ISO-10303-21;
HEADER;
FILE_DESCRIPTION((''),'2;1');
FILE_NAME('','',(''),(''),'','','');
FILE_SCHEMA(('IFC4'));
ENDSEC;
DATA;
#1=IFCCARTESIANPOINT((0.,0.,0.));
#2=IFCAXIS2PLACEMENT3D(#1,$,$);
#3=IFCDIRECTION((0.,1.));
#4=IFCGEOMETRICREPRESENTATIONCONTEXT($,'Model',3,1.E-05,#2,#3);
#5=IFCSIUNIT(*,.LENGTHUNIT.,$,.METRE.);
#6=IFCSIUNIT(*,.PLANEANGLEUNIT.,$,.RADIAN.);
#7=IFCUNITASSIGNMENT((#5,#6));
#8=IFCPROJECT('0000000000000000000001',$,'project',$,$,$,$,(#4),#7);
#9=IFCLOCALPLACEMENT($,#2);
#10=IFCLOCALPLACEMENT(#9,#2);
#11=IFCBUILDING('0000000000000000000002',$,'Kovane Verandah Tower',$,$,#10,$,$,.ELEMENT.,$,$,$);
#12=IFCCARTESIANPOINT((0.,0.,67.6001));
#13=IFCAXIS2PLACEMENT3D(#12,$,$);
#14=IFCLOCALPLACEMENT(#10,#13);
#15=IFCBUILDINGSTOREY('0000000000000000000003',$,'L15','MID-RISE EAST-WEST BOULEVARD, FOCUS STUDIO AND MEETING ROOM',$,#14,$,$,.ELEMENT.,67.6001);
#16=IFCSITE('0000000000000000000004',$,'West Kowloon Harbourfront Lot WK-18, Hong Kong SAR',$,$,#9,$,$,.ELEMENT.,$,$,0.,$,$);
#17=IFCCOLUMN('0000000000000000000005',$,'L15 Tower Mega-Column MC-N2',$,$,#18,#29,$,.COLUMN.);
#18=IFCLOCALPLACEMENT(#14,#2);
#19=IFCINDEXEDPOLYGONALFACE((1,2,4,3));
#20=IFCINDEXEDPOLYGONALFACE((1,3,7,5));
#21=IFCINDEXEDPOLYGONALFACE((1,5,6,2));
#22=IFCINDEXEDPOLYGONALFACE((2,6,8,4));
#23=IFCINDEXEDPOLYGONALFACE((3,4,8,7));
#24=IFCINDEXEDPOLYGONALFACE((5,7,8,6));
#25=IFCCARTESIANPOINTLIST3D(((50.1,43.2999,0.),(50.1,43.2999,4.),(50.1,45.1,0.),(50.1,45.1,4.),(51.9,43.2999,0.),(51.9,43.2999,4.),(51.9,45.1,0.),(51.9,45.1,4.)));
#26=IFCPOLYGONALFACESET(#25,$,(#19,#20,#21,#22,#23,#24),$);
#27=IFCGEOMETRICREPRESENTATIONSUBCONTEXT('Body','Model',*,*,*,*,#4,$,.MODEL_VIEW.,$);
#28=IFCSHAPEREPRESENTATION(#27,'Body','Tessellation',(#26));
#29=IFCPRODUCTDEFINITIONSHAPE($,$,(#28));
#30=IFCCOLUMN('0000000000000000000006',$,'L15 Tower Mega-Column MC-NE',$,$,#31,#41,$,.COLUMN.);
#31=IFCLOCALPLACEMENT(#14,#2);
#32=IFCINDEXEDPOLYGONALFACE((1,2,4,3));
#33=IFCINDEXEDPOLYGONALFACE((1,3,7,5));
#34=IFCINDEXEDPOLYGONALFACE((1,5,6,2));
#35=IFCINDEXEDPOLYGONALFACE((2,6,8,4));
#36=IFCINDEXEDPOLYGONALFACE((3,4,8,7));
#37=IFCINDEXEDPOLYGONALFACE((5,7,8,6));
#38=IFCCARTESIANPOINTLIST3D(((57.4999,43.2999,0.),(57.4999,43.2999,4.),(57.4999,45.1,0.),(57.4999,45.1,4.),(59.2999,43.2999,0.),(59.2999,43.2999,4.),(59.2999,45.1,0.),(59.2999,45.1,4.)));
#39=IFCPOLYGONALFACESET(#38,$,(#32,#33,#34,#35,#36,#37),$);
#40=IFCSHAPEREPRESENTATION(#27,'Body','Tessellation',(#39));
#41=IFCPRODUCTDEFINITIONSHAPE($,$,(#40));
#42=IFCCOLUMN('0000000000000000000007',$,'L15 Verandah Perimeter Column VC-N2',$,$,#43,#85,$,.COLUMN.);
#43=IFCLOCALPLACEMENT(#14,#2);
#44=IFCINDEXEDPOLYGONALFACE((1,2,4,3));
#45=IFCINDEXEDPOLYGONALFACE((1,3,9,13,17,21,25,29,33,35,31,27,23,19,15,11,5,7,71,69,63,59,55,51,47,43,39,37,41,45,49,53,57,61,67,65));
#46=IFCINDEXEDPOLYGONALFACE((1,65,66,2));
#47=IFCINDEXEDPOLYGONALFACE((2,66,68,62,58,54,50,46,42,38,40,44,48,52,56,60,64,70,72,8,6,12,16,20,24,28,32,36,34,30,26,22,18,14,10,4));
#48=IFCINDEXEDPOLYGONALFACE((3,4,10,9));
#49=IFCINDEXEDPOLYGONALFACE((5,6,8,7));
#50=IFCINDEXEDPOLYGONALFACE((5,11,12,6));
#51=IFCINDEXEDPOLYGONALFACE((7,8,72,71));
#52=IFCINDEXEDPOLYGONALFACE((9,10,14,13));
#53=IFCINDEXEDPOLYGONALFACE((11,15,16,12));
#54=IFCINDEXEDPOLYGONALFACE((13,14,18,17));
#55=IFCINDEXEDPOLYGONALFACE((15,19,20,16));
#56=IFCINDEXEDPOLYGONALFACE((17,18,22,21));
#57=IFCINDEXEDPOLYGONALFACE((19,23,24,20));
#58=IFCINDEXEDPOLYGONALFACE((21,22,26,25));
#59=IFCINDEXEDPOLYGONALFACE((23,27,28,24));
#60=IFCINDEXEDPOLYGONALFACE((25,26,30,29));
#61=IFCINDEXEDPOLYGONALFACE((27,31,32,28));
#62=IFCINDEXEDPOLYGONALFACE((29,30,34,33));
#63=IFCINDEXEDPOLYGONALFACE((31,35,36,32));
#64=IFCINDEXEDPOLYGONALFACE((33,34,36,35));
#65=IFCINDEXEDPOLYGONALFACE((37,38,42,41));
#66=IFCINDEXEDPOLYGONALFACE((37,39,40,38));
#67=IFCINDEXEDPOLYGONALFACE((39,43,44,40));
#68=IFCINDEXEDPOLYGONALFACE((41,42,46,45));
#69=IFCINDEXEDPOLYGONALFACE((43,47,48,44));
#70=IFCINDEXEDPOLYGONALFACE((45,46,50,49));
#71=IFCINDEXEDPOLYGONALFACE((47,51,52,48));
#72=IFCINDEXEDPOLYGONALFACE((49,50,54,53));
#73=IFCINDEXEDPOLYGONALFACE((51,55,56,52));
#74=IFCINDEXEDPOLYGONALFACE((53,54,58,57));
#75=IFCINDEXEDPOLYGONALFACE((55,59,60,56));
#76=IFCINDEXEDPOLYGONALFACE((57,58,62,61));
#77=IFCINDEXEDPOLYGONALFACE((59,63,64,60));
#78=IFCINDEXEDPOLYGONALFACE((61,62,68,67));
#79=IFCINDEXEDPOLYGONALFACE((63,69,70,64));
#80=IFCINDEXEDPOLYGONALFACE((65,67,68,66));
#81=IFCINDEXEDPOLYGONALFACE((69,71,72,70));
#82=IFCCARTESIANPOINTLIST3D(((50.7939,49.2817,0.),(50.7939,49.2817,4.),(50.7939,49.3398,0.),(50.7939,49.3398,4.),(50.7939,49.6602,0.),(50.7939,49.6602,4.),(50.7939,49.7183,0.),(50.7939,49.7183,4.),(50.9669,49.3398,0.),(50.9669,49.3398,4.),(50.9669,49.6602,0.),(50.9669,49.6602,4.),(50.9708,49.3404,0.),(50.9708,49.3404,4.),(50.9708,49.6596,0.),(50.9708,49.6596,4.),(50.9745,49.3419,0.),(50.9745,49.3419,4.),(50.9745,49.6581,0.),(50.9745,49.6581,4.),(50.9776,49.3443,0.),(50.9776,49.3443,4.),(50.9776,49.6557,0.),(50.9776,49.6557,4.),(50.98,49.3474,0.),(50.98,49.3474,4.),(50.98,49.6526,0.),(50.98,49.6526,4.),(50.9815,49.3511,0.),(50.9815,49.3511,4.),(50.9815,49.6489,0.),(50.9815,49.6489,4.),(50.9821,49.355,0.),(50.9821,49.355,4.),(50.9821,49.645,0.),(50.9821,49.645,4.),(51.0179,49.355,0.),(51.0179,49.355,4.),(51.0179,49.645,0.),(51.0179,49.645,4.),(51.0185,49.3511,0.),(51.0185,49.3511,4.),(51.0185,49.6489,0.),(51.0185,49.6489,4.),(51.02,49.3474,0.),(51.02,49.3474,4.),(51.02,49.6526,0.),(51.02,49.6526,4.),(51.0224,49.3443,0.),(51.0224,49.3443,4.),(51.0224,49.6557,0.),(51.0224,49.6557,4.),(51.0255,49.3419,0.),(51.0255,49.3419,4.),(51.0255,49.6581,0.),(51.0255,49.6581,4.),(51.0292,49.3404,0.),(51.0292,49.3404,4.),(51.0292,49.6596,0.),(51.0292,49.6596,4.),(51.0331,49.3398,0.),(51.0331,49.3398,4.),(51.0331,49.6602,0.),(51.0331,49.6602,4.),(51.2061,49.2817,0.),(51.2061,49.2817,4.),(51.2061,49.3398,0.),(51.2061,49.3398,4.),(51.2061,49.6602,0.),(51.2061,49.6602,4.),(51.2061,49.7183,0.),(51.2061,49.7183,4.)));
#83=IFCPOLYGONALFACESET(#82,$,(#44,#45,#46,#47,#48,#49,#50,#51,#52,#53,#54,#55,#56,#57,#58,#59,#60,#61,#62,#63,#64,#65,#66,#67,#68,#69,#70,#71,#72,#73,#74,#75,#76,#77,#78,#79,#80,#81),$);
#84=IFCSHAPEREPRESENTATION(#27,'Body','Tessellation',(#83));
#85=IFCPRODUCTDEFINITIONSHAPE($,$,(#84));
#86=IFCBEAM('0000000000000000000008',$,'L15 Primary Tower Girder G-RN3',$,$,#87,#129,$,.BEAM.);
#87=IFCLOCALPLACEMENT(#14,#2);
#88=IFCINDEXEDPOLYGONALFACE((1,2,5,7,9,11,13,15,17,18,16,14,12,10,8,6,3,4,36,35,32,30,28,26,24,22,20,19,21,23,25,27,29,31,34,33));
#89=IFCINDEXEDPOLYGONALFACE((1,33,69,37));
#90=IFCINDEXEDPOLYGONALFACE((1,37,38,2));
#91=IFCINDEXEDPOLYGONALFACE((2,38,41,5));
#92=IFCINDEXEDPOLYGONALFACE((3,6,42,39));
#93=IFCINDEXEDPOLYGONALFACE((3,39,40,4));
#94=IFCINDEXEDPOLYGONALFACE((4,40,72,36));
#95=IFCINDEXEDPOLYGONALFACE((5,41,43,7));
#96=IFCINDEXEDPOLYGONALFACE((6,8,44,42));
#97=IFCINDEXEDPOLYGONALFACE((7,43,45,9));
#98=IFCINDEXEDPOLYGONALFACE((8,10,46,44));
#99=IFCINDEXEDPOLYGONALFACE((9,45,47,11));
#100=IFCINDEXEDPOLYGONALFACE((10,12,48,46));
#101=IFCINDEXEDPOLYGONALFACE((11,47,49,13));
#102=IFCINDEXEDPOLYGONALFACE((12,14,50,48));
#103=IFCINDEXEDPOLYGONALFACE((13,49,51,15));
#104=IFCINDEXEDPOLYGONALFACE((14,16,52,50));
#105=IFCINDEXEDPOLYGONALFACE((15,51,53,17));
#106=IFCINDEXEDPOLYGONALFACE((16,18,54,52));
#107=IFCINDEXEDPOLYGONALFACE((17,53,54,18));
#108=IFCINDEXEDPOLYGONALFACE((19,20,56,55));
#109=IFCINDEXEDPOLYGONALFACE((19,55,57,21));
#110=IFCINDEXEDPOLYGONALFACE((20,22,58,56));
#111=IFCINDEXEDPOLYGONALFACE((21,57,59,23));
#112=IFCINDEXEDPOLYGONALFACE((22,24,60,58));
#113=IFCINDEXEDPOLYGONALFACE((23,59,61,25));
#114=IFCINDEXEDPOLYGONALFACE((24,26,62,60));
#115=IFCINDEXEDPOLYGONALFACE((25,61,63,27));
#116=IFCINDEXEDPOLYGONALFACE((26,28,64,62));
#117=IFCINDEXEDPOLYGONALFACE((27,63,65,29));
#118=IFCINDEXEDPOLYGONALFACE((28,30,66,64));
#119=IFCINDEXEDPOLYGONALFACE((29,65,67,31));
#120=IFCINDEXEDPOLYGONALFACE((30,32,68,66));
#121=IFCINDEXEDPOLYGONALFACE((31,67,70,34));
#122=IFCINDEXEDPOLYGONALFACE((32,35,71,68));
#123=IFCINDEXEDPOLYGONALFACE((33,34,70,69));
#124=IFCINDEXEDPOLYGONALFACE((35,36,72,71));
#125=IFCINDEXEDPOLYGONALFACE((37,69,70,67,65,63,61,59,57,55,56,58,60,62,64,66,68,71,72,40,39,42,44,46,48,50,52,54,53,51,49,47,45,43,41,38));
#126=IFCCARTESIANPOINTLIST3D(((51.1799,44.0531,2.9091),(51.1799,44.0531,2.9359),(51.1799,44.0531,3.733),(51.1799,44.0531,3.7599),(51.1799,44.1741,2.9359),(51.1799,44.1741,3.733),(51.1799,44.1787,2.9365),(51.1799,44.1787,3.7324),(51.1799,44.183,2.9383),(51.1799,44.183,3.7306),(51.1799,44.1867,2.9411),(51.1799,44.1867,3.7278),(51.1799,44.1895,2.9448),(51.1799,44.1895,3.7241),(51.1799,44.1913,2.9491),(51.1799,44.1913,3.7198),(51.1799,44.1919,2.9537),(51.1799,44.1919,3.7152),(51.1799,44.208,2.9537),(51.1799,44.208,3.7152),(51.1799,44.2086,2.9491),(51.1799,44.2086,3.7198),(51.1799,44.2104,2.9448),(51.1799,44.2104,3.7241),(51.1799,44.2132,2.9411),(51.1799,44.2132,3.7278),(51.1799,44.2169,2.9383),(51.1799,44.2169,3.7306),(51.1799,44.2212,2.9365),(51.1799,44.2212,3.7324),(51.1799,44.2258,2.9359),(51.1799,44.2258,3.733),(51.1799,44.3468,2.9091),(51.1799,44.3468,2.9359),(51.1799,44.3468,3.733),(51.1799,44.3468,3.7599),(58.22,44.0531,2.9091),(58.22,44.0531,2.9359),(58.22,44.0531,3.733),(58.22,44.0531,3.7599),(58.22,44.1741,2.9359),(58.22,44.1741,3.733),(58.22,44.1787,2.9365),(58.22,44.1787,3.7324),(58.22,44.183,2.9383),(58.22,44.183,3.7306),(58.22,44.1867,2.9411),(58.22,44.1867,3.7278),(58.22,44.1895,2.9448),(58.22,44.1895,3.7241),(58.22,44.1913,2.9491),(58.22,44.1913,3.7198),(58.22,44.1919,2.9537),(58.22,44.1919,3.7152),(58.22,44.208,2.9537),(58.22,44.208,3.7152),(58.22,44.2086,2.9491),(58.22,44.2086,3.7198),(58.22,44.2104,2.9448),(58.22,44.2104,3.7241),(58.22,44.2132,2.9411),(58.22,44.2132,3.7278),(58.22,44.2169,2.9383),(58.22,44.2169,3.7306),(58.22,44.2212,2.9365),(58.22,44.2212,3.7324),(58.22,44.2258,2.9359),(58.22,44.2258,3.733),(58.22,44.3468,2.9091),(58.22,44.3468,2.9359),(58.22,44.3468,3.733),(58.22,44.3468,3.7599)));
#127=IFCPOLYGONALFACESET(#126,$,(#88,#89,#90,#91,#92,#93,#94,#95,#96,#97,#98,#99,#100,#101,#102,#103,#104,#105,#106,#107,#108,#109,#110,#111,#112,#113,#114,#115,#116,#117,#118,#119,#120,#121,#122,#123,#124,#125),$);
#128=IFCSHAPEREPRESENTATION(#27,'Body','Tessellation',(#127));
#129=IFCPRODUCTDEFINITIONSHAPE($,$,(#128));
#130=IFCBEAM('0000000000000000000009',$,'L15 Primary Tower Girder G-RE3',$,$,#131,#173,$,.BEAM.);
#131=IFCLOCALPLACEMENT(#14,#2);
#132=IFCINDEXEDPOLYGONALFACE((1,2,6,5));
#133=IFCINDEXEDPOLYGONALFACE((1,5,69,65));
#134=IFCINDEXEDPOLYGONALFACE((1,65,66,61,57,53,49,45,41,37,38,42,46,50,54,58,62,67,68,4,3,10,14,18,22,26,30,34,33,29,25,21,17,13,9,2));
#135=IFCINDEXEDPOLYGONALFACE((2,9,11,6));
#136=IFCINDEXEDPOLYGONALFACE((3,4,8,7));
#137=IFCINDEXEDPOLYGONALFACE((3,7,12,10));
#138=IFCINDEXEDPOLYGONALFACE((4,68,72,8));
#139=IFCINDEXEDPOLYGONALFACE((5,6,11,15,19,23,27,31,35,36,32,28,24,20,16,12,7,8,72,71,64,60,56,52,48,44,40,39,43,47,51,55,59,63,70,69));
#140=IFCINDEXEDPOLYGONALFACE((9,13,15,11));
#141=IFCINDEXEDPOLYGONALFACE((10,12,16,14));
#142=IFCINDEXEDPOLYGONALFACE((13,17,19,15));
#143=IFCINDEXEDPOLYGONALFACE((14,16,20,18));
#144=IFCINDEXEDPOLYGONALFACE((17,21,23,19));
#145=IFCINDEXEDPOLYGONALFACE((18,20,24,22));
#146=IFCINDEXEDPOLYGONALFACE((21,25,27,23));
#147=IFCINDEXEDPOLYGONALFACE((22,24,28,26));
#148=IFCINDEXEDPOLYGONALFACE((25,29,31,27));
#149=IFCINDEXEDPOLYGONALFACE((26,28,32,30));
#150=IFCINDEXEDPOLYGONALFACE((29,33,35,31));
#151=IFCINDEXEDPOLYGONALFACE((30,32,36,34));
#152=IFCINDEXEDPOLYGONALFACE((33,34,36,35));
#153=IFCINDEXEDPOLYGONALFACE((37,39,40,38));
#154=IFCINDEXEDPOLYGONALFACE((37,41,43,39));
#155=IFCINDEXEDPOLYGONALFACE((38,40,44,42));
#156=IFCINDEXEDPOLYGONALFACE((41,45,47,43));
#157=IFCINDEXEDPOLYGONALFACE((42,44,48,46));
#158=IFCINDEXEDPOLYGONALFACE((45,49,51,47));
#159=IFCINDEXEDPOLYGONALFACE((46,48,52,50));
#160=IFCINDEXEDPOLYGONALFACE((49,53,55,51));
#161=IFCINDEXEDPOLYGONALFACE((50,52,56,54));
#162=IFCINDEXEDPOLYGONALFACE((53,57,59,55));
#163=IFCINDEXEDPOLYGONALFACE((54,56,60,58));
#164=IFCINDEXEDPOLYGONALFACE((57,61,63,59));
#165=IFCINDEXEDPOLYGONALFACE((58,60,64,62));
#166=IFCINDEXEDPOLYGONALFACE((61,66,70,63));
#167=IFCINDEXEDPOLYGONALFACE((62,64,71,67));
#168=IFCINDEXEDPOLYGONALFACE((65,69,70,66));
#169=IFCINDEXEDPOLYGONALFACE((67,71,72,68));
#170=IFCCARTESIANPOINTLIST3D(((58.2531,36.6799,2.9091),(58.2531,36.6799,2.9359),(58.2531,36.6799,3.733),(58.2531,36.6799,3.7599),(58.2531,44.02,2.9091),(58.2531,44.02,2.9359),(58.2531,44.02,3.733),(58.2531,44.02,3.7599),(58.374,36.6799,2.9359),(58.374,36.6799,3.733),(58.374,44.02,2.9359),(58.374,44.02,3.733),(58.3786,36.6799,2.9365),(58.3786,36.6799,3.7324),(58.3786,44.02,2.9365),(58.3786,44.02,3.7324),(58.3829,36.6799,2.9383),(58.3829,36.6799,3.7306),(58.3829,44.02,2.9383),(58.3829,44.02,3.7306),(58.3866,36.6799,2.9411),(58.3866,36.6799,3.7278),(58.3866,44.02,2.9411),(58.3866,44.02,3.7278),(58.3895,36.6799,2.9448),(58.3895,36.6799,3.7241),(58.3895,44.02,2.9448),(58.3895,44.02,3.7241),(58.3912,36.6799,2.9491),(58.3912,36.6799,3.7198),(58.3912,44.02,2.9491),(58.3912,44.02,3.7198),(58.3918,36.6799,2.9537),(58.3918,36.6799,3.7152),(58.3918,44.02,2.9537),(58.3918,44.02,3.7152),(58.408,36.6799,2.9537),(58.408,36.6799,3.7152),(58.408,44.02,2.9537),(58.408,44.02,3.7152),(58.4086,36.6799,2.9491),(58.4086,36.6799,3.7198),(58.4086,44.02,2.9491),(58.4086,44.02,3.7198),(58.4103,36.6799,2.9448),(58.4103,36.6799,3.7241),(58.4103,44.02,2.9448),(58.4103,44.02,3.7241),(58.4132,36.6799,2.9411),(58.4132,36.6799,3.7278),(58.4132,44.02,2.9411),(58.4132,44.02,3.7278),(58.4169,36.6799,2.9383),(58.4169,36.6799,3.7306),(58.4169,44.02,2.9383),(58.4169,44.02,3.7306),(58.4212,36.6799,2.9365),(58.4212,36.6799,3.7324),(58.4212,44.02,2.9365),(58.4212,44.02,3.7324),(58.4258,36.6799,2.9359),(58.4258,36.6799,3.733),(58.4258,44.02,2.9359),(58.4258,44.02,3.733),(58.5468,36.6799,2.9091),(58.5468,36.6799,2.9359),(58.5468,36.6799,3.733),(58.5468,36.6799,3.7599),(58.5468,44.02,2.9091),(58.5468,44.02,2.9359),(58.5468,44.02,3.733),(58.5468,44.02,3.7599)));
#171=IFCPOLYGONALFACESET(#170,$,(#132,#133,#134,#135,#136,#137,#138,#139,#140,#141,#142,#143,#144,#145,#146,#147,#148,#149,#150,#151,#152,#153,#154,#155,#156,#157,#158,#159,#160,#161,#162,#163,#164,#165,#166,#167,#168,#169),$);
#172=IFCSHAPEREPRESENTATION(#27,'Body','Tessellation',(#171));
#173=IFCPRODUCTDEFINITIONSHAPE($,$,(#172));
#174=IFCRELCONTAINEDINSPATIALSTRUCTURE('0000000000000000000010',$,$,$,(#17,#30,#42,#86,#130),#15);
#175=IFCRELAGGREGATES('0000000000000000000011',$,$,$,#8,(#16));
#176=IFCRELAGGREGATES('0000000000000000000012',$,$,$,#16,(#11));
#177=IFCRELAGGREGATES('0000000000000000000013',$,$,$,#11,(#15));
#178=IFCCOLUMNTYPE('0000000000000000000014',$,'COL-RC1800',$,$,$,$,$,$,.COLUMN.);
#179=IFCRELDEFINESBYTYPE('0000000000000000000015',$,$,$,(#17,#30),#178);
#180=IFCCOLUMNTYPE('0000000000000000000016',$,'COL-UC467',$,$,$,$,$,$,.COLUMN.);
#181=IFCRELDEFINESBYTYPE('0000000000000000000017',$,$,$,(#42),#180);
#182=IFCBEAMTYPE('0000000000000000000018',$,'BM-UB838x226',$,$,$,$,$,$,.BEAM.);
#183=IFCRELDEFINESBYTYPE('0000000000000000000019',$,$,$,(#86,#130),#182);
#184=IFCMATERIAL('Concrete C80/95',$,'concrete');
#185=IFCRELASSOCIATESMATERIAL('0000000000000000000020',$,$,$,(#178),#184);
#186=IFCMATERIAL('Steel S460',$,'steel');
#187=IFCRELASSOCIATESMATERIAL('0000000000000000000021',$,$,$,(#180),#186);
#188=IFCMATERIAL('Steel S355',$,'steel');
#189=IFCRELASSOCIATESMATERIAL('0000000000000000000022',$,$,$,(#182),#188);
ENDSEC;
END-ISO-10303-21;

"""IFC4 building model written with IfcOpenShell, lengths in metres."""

from ifc_helpers import new_model, si_unit, direction, frame, origin, origin_2d, place, context, subcontext, project, spatial, rectangle, i_section, extrude, material, material_profile, profile_set, type_object, element, save


model = new_model("IFC4")

# Units and contexts
model_context = context("Model", 3, precision=1e-05, world=origin(), true_north=direction((0.0, 1.0)))
body_context = subcontext(model_context, "Body", "Model", "MODEL_VIEW")
ifc_project = project(units=[si_unit("LENGTHUNIT", "METRE"), si_unit("PLANEANGLEUNIT", "RADIAN")], contexts=[model_context])

# Site, building, storey
site_placement = place(None, origin())
site = spatial("IfcSite", under=ifc_project, at=site_placement, Name="West Kowloon Harbourfront Lot WK-18, Hong Kong SAR", CompositionType="ELEMENT", RefElevation=0.0)
building_placement = place(site_placement, origin())
building = spatial("IfcBuilding", under=site, at=building_placement, Name="Kovane Verandah Tower", CompositionType="ELEMENT")
storey_placement = place(building_placement, frame((0.0, 0.0, 67.6001)))
storey = spatial("IfcBuildingStorey", under=building, at=storey_placement, Name="L15", Description="MID-RISE EAST-WEST BOULEVARD, FOCUS STUDIO AND MEETING ROOM", CompositionType="ELEMENT", Elevation=67.6001)

# Columns
ifc_material_1 = material(Name="Concrete C80/95", Category="concrete")
ifc_material_profile_1 = material_profile(ifc_material_1, rectangle(XDim=1.8, YDim=1.8, at=origin_2d()), Name="RC1800x1800")
ifc_profile_set_1 = profile_set([ifc_material_profile_1], Name="Concrete C80/95")
column_type_1 = type_object("IfcColumnType", Name="COL-RC1800", PredefinedType="COLUMN", material=ifc_profile_set_1)
for number, where, z_axis, x_axis, name in (
    (1, (51.0, 44.2, 0.0), (0.0, 0.0, 1.0), (1.0, 0.0, 0.0), "L15 Tower Mega-Column MC-N2"),
    (2, (58.3999, 44.2, 0.0), (0.0, 0.0, 1.0), (1.0, 0.0, 0.0), "L15 Tower Mega-Column MC-NE"),
):
    element("IfcColumn", number, at=place(storey_placement, frame(where, z_axis=z_axis, x_axis=x_axis)), inside=storey, type_object=column_type_1, Name=name, PredefinedType="COLUMN", context=body_context, shape_type="SweptSolid", body=[
        extrude(rectangle(XDim=1.8, YDim=1.8, at=origin_2d()), origin(), (0.0, 0.0, 1.0), 4.0),
    ])
ifc_material_2 = material(Name="Steel S460", Category="steel")
ifc_material_profile_2 = material_profile(ifc_material_2, i_section(OverallWidth=0.4121, OverallDepth=0.4365, WebThickness=0.0359, FlangeThickness=0.0581, FilletRadius=0.0151, at=origin_2d()), Name="UC356x406x467")
ifc_profile_set_2 = profile_set([ifc_material_profile_2], Name="Steel S460")
column_type_2 = type_object("IfcColumnType", Name="COL-UC467", PredefinedType="COLUMN", material=ifc_profile_set_2)
column_placement = place(storey_placement, frame((51.0, 49.5, 0.0), z_axis=(0.0, 0.0, 1.0), x_axis=(1.0, 0.0, 0.0)))
element("IfcColumn", 3, at=column_placement, inside=storey, type_object=column_type_2, Name="L15 Verandah Perimeter Column VC-N2", PredefinedType="COLUMN", context=body_context, shape_type="SweptSolid", body=[
    extrude(i_section(OverallWidth=0.4121, OverallDepth=0.4365, WebThickness=0.0359, FlangeThickness=0.0581, FilletRadius=0.0151, at=origin_2d()), origin(), (0.0, 0.0, 1.0), 4.0),
])

# Beams
ifc_material_3 = material(Name="Steel S355", Category="steel")
ifc_material_profile_3 = material_profile(ifc_material_3, i_section(OverallWidth=0.2937, OverallDepth=0.8508, WebThickness=0.0161, FlangeThickness=0.0269, FilletRadius=0.0178, at=origin_2d()), Name="UB838x292x226")
ifc_profile_set_3 = profile_set([ifc_material_profile_3], Name="Steel S355")
beam_type_1 = type_object("IfcBeamType", Name="BM-UB838x226", PredefinedType="BEAM", material=ifc_profile_set_3)
beam_1_placement = place(storey_placement, frame((51.1799, 44.2, 3.3345), z_axis=(1.0, 0.0, 0.0), x_axis=(0.0, 1.0, 0.0)))
element("IfcBeam", 4, at=beam_1_placement, inside=storey, type_object=beam_type_1, Name="L15 Primary Tower Girder G-RN3", PredefinedType="BEAM", context=body_context, shape_type="SweptSolid", body=[
    extrude(i_section(OverallWidth=0.2937, OverallDepth=0.8508, WebThickness=0.0161, FlangeThickness=0.0269, FilletRadius=0.0178, at=origin_2d()), origin(), (0.0, 0.0, 1.0), 7.04),
])
for number, where, z_axis, x_axis, name in (
    (5, (58.3999, 36.6799, 3.3345), (0.0, 1.0, 0.0), (-1.0, 0.0, 0.0), "L15 Primary Tower Girder G-RE3"),
):
    element("IfcBeam", number, at=place(storey_placement, frame(where, z_axis=z_axis, x_axis=x_axis)), inside=storey, type_object=beam_type_1, Name=name, PredefinedType="BEAM", context=body_context, shape_type="SweptSolid", body=[
        extrude(i_section(OverallWidth=0.2937, OverallDepth=0.8508, WebThickness=0.0161, FlangeThickness=0.0269, FilletRadius=0.0178, at=origin_2d()), origin(), (0.0, 0.0, 1.0), 7.3401),
    ])

save(model, "model.ifc")
